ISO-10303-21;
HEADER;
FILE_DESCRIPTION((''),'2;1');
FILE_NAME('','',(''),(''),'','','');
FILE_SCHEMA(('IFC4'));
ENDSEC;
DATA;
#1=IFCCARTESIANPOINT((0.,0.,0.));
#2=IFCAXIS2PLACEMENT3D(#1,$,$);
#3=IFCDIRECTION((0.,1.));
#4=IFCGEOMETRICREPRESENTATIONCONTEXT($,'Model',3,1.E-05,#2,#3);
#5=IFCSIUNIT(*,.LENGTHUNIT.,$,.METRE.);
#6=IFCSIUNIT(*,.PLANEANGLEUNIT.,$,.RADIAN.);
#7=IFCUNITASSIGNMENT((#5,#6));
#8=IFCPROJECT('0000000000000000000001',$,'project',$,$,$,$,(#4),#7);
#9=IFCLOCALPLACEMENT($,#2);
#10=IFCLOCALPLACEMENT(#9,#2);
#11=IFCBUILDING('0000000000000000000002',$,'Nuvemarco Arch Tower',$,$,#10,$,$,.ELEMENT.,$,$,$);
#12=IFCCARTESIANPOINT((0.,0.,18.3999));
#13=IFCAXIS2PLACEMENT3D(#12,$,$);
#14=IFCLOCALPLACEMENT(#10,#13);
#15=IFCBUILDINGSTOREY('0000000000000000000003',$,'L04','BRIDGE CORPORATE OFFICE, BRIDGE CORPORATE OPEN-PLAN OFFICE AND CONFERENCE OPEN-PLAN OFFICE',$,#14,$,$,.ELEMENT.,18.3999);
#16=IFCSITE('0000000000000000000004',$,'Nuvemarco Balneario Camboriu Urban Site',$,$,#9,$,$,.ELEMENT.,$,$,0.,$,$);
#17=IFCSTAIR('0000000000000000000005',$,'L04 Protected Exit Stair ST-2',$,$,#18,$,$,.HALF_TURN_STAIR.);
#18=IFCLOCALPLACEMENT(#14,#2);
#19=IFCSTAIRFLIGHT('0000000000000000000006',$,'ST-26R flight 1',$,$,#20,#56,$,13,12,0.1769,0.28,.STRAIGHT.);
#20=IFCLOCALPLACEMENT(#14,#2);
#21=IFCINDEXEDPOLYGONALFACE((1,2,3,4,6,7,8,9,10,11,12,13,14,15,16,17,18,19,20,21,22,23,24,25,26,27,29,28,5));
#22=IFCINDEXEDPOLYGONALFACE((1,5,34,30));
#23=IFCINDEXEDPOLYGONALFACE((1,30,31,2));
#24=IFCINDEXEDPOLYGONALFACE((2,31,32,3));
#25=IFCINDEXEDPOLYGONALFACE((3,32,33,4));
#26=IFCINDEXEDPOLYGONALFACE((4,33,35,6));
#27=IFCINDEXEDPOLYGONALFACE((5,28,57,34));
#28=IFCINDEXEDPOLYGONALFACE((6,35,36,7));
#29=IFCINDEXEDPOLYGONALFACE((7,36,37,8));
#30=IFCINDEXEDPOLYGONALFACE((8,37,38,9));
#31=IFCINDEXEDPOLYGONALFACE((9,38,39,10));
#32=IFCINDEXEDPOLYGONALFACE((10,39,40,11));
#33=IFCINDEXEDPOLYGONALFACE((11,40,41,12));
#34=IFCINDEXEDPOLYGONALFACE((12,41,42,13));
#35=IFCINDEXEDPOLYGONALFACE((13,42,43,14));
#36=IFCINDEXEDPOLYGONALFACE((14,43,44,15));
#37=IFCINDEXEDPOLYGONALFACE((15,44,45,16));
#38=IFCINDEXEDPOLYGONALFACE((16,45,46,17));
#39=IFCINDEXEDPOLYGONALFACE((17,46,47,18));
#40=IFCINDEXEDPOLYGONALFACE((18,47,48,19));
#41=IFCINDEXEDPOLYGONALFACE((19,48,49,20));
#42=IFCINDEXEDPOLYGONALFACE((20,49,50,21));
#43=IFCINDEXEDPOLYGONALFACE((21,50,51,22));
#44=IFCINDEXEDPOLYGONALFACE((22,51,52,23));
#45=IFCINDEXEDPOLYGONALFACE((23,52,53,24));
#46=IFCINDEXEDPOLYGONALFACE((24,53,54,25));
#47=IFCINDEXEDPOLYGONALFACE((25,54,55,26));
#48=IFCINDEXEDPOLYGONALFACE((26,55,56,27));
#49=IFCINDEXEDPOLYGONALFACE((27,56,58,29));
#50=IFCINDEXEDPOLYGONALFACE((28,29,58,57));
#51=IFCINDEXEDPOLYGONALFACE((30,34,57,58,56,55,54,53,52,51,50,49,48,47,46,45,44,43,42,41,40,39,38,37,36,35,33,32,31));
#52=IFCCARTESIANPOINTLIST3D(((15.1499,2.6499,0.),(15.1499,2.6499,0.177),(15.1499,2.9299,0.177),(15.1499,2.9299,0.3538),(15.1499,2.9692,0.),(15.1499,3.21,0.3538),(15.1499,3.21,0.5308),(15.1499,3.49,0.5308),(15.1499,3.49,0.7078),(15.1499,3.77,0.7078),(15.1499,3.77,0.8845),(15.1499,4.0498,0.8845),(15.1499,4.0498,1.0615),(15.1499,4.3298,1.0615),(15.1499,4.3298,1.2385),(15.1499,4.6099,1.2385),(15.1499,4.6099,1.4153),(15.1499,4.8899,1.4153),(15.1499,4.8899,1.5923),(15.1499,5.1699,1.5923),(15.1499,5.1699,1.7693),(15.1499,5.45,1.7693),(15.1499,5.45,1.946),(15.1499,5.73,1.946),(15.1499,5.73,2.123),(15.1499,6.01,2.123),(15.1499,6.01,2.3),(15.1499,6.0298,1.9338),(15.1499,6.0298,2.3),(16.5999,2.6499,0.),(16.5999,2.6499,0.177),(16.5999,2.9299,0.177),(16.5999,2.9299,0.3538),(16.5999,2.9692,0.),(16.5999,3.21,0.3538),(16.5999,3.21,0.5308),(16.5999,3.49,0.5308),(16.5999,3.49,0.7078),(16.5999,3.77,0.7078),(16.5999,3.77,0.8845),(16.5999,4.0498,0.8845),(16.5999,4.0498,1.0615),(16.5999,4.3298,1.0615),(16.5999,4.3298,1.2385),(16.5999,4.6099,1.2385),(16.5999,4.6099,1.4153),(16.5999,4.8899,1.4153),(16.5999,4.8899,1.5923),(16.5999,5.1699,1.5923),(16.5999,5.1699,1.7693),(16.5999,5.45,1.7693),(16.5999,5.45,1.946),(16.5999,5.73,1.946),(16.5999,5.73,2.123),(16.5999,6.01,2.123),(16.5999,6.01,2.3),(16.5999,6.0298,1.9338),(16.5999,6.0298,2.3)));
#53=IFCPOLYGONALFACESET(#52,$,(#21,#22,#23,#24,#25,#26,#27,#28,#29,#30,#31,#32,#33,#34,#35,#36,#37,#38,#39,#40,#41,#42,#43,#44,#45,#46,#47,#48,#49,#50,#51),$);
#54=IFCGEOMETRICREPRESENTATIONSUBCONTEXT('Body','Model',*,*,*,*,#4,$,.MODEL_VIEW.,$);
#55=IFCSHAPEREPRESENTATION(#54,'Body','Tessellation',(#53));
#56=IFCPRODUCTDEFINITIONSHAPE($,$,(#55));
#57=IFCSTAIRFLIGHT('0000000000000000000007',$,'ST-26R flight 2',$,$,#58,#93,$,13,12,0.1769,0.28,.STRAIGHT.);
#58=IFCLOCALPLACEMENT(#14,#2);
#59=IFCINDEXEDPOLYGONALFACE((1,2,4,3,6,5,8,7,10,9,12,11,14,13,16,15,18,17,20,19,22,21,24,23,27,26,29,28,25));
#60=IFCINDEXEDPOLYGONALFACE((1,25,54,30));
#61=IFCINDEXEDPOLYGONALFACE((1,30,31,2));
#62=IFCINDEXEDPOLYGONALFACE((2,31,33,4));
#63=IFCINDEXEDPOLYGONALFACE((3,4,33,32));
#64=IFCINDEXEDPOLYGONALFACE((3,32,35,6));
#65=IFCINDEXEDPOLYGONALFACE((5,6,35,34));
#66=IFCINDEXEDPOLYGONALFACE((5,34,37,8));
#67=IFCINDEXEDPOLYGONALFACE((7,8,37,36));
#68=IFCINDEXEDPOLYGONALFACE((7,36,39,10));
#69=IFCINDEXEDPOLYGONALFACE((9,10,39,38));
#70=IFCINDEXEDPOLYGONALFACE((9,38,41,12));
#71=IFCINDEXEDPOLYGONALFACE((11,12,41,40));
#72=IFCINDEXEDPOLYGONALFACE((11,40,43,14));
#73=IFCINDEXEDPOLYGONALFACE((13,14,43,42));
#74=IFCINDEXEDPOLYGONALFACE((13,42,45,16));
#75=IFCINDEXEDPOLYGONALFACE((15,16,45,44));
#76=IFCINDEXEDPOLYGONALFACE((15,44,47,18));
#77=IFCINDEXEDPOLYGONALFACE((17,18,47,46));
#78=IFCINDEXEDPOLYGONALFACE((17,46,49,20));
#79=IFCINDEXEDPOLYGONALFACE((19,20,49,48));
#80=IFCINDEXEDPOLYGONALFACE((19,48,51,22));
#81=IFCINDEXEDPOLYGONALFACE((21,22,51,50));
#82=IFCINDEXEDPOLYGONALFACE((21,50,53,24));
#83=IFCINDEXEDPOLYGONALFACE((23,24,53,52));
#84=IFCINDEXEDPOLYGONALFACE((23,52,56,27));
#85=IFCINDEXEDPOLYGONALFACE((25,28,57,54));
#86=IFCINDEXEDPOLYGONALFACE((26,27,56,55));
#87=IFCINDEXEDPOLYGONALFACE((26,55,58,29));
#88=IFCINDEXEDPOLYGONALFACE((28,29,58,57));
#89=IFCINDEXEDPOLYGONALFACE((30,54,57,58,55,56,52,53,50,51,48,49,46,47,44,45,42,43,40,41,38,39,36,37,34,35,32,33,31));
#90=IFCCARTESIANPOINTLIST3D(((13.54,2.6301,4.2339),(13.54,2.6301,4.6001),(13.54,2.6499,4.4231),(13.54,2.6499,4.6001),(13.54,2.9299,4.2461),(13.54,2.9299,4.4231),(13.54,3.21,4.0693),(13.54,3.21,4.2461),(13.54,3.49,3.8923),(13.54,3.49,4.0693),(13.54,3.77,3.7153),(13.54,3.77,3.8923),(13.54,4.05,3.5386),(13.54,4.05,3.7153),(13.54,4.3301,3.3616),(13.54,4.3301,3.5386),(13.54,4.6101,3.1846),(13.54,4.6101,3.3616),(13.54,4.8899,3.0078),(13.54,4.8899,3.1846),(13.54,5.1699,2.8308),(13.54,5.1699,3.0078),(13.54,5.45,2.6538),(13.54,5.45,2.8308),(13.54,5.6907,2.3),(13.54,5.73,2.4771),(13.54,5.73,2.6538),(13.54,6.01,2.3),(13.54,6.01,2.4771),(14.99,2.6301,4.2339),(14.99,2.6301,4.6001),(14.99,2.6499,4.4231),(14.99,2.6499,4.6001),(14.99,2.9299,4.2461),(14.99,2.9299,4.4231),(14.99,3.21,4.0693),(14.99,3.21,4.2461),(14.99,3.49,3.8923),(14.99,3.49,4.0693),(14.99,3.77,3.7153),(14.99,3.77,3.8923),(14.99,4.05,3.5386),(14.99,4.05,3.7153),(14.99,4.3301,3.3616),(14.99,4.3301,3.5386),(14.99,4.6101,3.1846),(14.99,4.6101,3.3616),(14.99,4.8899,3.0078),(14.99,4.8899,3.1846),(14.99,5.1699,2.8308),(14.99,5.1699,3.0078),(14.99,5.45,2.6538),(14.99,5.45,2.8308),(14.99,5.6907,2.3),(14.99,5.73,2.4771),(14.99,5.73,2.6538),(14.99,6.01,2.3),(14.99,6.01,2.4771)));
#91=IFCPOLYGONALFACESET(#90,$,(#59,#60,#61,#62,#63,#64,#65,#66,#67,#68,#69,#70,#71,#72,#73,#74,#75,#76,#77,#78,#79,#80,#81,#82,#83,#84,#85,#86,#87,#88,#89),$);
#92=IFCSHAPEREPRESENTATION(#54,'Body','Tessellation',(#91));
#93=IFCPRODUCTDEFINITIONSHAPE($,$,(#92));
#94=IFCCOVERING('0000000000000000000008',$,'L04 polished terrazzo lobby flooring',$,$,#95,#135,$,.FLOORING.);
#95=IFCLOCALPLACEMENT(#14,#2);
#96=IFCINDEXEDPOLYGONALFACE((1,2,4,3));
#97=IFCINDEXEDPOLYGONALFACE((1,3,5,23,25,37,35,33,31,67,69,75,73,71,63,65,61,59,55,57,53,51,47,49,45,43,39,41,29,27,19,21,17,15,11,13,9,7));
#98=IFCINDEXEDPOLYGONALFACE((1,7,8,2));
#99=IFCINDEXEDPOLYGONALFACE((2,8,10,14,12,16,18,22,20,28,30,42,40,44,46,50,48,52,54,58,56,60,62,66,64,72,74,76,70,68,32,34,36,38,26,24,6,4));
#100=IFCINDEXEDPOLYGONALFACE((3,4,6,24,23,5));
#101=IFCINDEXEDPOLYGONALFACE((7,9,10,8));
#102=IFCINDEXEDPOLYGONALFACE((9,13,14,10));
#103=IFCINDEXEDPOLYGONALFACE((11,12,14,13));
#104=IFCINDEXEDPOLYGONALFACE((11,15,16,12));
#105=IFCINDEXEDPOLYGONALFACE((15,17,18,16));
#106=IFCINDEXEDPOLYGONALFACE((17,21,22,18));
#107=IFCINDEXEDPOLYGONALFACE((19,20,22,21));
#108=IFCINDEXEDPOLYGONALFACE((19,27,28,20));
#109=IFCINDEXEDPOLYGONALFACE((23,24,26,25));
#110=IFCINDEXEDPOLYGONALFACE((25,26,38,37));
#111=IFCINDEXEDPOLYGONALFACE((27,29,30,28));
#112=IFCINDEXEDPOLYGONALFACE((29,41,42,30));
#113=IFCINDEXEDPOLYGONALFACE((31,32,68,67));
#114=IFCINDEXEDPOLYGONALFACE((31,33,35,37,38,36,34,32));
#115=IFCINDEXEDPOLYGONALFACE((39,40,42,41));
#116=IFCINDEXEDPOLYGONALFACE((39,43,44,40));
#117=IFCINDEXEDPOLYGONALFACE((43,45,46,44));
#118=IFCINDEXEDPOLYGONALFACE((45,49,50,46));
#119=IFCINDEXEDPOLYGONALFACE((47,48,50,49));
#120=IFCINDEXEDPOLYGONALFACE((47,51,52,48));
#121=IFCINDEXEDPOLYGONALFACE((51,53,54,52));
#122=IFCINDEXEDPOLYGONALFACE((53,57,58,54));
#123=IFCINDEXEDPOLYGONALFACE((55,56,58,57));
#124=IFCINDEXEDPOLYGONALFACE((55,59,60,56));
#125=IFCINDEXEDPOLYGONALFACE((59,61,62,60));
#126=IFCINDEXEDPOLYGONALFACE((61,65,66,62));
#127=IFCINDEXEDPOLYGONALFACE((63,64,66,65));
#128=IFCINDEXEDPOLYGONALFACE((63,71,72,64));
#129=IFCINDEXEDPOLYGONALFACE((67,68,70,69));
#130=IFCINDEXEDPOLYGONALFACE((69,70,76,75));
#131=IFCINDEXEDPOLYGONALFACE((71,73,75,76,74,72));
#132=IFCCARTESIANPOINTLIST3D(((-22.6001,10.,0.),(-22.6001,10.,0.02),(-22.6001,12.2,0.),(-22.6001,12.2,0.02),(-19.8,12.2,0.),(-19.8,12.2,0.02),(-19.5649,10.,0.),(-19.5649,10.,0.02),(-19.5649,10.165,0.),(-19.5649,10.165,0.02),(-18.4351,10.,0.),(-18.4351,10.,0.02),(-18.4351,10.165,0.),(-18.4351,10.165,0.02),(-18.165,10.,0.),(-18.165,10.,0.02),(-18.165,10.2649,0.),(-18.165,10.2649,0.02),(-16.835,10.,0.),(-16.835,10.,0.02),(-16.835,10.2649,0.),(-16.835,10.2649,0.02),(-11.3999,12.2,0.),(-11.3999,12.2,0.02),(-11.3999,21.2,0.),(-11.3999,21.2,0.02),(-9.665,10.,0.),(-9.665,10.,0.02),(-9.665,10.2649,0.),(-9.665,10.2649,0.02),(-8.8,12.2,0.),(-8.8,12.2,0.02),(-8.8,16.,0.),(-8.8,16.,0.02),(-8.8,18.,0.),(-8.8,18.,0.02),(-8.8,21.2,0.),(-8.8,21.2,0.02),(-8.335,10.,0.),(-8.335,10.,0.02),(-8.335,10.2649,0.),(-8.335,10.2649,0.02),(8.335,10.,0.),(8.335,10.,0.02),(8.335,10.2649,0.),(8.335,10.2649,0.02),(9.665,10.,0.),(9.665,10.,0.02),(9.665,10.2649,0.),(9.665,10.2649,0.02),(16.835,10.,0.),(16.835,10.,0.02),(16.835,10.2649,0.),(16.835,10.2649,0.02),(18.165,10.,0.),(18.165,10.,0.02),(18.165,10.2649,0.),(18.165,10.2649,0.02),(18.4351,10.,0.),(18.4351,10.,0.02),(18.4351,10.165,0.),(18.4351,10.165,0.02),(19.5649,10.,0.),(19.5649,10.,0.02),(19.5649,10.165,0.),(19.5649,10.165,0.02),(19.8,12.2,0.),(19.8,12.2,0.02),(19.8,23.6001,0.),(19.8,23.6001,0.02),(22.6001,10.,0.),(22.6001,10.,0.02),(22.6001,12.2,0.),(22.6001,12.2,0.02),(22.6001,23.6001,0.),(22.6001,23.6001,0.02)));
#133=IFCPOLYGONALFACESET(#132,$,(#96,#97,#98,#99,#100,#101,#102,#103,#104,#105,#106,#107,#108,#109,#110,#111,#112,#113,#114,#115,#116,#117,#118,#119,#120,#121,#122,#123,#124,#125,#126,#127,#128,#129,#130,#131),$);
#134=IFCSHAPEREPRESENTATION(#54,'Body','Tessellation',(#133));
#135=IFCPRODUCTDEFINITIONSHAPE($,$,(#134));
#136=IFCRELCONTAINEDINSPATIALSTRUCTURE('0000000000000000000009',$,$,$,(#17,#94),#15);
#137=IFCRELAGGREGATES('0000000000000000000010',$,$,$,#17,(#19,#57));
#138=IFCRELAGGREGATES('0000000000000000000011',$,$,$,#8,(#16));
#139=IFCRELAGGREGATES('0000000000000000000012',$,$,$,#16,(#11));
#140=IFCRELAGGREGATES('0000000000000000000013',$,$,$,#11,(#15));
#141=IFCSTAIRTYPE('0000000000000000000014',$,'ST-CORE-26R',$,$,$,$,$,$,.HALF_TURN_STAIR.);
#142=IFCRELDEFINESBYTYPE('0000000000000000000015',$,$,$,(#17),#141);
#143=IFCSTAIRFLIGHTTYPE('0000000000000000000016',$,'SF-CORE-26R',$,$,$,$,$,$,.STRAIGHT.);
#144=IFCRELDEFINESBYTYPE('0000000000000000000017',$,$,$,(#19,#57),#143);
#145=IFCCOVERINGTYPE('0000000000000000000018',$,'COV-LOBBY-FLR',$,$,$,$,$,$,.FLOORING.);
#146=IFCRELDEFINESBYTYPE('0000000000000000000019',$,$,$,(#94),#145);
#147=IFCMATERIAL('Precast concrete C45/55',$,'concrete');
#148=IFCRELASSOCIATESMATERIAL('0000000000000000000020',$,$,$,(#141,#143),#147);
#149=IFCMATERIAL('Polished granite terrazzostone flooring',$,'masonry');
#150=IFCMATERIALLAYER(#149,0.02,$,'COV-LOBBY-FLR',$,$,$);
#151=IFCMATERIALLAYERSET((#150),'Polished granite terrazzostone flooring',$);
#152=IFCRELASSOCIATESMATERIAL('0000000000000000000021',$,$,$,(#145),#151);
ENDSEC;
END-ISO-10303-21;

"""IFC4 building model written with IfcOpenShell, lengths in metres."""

from ifc_helpers import new_model, si_unit, direction, frame, origin, place, context, subcontext, project, spatial, polyline, outline, extrude, material, layer, layer_set, type_object, element, aggregate, save


model = new_model("IFC4")

# Units and contexts
model_context = context("Model", 3, precision=1e-05, world=origin(), true_north=direction((0.0, 1.0)))
body_context = subcontext(model_context, "Body", "Model", "MODEL_VIEW")
ifc_project = project(units=[si_unit("LENGTHUNIT", "METRE"), si_unit("PLANEANGLEUNIT", "RADIAN")], contexts=[model_context])

# Site, building, storey
site_placement = place(None, origin())
site = spatial("IfcSite", under=ifc_project, at=site_placement, Name="Nuvemarco Balneario Camboriu Urban Site", CompositionType="ELEMENT", RefElevation=0.0)
building_placement = place(site_placement, origin())
building = spatial("IfcBuilding", under=site, at=building_placement, Name="Nuvemarco Arch Tower", CompositionType="ELEMENT")
storey_placement = place(building_placement, frame((0.0, 0.0, 18.3999)))
storey = spatial("IfcBuildingStorey", under=building, at=storey_placement, Name="L04", Description="BRIDGE CORPORATE OFFICE, BRIDGE CORPORATE OPEN-PLAN OFFICE AND CONFERENCE OPEN-PLAN OFFICE", CompositionType="ELEMENT", Elevation=18.3999)

# Stair, stair flights
ifc_material_1 = material(Name="Precast concrete C45/55", Category="concrete")
stair_type = type_object("IfcStairType", Name="ST-CORE-26R", PredefinedType="HALF_TURN_STAIR", material=ifc_material_1)
stair_placement = place(storey_placement, origin())
stair = element("IfcStair", 1, at=stair_placement, inside=storey, type_object=stair_type, Name="L04 Protected Exit Stair ST-2", PredefinedType="HALF_TURN_STAIR")
stair_flight_type = type_object("IfcStairFlightType", Name="SF-CORE-26R", PredefinedType="STRAIGHT", material=ifc_material_1)
stair_flight_1_placement = place(storey_placement, frame((15.875, 2.6499, 0.0), z_axis=(0.0, 0.0, 1.0), x_axis=(0.0, 1.0, 0.0)))
stair_flight_1 = element("IfcStairFlight", 2, at=stair_flight_1_placement, type_object=stair_flight_type, Name="ST-26R flight 1", NumberOfRisers=13, NumberOfTreads=12, PredefinedType="STRAIGHT", RiserHeight=0.1769, TreadLength=0.28, context=body_context, shape_type="SweptSolid", body=[
    extrude(outline(polyline([(0.0, 0.0), (0.0, 0.177), (0.28, 0.177), (0.28, 0.3538), (0.5601, 0.3538), (0.5601, 0.5308), (0.8401, 0.5308), (0.8401, 0.7078), (1.1201, 0.7078), (1.1201, 0.8845), (1.3999, 0.8845), (1.3999, 1.0615), (1.6799, 1.0615), (1.6799, 1.2385), (1.96, 1.2385), (1.96, 1.4153), (2.24, 1.4153), (2.24, 1.5923), (2.52, 1.5923), (2.52, 1.7693), (2.8, 1.7693), (2.8, 1.946), (3.0801, 1.946), (3.0801, 2.123), (3.3601, 2.123), (3.3601, 2.3), (3.3799, 2.3), (3.3799, 1.9338), (0.3193, 0.0), (0.0, 0.0)])), frame((0.0, 0.7251, 0.0), z_axis=(0.0, -1.0, 0.0), x_axis=(1.0, 0.0, 0.0)), (0.0, 0.0, 1.0), 1.45),
])
stair_flight_2_placement = place(storey_placement, frame((14.2649, 6.01, 2.3), z_axis=(0.0, 0.0, 1.0), x_axis=(0.0, -1.0, 0.0)))
stair_flight_2 = element("IfcStairFlight", 3, at=stair_flight_2_placement, type_object=stair_flight_type, Name="ST-26R flight 2", NumberOfRisers=13, NumberOfTreads=12, PredefinedType="STRAIGHT", RiserHeight=0.1769, TreadLength=0.28, context=body_context, shape_type="SweptSolid", body=[
    extrude(outline(polyline([(0.0, 0.0), (0.0, 0.177), (0.28, 0.177), (0.28, 0.3538), (0.5601, 0.3538), (0.5601, 0.5308), (0.8401, 0.5308), (0.8401, 0.7078), (1.1201, 0.7078), (1.1201, 0.8845), (1.3999, 0.8845), (1.3999, 1.0615), (1.6799, 1.0615), (1.6799, 1.2385), (1.96, 1.2385), (1.96, 1.4153), (2.24, 1.4153), (2.24, 1.5923), (2.52, 1.5923), (2.52, 1.7693), (2.8, 1.7693), (2.8, 1.946), (3.0801, 1.946), (3.0801, 2.123), (3.3601, 2.123), (3.3601, 2.3), (3.3799, 2.3), (3.3799, 1.9338), (0.3193, 0.0), (0.0, 0.0)])), frame((0.0, 0.7251, 0.0), z_axis=(0.0, -1.0, 0.0), x_axis=(1.0, 0.0, 0.0)), (0.0, 0.0, 1.0), 1.45),
])
aggregate(stair, [stair_flight_1, stair_flight_2])

# Covering
ifc_material_2 = material(Name="Polished granite terrazzostone flooring", Category="masonry")
ifc_layer_1 = layer(ifc_material_2, 0.02, Name="COV-LOBBY-FLR")
ifc_layer_set_1 = layer_set([ifc_layer_1], Name="Polished granite terrazzostone flooring")
covering_type = type_object("IfcCoveringType", Name="COV-LOBBY-FLR", PredefinedType="FLOORING", material=ifc_layer_set_1)
covering_placement = place(storey_placement, origin())
element("IfcCovering", 4, at=covering_placement, inside=storey, type_object=covering_type, Name="L04 polished terrazzo lobby flooring", PredefinedType="FLOORING", context=body_context, shape_type="SweptSolid", body=[
    extrude(outline(polyline([(-22.6001, 12.2), (-19.8, 12.2), (-11.3999, 12.2), (-11.3999, 21.2), (-8.8, 21.2), (-8.8, 18.0), (-8.8, 16.0), (-8.8, 12.2), (19.8, 12.2), (19.8, 23.6001), (22.6001, 23.6001), (22.6001, 12.2), (22.6001, 10.0), (19.5649, 10.0), (19.5649, 10.165), (18.4351, 10.165), (18.4351, 10.0), (18.165, 10.0), (18.165, 10.2649), (16.835, 10.2649), (16.835, 10.0), (9.665, 10.0), (9.665, 10.2649), (8.335, 10.2649), (8.335, 10.0), (-8.335, 10.0), (-8.335, 10.2649), (-9.665, 10.2649), (-9.665, 10.0), (-16.835, 10.0), (-16.835, 10.2649), (-18.165, 10.2649), (-18.165, 10.0), (-18.4351, 10.0), (-18.4351, 10.165), (-19.5649, 10.165), (-19.5649, 10.0), (-22.6001, 10.0), (-22.6001, 12.2)])), origin(), (0.0, 0.0, 1.0), 0.02),
])

save(model, "model.ifc")
